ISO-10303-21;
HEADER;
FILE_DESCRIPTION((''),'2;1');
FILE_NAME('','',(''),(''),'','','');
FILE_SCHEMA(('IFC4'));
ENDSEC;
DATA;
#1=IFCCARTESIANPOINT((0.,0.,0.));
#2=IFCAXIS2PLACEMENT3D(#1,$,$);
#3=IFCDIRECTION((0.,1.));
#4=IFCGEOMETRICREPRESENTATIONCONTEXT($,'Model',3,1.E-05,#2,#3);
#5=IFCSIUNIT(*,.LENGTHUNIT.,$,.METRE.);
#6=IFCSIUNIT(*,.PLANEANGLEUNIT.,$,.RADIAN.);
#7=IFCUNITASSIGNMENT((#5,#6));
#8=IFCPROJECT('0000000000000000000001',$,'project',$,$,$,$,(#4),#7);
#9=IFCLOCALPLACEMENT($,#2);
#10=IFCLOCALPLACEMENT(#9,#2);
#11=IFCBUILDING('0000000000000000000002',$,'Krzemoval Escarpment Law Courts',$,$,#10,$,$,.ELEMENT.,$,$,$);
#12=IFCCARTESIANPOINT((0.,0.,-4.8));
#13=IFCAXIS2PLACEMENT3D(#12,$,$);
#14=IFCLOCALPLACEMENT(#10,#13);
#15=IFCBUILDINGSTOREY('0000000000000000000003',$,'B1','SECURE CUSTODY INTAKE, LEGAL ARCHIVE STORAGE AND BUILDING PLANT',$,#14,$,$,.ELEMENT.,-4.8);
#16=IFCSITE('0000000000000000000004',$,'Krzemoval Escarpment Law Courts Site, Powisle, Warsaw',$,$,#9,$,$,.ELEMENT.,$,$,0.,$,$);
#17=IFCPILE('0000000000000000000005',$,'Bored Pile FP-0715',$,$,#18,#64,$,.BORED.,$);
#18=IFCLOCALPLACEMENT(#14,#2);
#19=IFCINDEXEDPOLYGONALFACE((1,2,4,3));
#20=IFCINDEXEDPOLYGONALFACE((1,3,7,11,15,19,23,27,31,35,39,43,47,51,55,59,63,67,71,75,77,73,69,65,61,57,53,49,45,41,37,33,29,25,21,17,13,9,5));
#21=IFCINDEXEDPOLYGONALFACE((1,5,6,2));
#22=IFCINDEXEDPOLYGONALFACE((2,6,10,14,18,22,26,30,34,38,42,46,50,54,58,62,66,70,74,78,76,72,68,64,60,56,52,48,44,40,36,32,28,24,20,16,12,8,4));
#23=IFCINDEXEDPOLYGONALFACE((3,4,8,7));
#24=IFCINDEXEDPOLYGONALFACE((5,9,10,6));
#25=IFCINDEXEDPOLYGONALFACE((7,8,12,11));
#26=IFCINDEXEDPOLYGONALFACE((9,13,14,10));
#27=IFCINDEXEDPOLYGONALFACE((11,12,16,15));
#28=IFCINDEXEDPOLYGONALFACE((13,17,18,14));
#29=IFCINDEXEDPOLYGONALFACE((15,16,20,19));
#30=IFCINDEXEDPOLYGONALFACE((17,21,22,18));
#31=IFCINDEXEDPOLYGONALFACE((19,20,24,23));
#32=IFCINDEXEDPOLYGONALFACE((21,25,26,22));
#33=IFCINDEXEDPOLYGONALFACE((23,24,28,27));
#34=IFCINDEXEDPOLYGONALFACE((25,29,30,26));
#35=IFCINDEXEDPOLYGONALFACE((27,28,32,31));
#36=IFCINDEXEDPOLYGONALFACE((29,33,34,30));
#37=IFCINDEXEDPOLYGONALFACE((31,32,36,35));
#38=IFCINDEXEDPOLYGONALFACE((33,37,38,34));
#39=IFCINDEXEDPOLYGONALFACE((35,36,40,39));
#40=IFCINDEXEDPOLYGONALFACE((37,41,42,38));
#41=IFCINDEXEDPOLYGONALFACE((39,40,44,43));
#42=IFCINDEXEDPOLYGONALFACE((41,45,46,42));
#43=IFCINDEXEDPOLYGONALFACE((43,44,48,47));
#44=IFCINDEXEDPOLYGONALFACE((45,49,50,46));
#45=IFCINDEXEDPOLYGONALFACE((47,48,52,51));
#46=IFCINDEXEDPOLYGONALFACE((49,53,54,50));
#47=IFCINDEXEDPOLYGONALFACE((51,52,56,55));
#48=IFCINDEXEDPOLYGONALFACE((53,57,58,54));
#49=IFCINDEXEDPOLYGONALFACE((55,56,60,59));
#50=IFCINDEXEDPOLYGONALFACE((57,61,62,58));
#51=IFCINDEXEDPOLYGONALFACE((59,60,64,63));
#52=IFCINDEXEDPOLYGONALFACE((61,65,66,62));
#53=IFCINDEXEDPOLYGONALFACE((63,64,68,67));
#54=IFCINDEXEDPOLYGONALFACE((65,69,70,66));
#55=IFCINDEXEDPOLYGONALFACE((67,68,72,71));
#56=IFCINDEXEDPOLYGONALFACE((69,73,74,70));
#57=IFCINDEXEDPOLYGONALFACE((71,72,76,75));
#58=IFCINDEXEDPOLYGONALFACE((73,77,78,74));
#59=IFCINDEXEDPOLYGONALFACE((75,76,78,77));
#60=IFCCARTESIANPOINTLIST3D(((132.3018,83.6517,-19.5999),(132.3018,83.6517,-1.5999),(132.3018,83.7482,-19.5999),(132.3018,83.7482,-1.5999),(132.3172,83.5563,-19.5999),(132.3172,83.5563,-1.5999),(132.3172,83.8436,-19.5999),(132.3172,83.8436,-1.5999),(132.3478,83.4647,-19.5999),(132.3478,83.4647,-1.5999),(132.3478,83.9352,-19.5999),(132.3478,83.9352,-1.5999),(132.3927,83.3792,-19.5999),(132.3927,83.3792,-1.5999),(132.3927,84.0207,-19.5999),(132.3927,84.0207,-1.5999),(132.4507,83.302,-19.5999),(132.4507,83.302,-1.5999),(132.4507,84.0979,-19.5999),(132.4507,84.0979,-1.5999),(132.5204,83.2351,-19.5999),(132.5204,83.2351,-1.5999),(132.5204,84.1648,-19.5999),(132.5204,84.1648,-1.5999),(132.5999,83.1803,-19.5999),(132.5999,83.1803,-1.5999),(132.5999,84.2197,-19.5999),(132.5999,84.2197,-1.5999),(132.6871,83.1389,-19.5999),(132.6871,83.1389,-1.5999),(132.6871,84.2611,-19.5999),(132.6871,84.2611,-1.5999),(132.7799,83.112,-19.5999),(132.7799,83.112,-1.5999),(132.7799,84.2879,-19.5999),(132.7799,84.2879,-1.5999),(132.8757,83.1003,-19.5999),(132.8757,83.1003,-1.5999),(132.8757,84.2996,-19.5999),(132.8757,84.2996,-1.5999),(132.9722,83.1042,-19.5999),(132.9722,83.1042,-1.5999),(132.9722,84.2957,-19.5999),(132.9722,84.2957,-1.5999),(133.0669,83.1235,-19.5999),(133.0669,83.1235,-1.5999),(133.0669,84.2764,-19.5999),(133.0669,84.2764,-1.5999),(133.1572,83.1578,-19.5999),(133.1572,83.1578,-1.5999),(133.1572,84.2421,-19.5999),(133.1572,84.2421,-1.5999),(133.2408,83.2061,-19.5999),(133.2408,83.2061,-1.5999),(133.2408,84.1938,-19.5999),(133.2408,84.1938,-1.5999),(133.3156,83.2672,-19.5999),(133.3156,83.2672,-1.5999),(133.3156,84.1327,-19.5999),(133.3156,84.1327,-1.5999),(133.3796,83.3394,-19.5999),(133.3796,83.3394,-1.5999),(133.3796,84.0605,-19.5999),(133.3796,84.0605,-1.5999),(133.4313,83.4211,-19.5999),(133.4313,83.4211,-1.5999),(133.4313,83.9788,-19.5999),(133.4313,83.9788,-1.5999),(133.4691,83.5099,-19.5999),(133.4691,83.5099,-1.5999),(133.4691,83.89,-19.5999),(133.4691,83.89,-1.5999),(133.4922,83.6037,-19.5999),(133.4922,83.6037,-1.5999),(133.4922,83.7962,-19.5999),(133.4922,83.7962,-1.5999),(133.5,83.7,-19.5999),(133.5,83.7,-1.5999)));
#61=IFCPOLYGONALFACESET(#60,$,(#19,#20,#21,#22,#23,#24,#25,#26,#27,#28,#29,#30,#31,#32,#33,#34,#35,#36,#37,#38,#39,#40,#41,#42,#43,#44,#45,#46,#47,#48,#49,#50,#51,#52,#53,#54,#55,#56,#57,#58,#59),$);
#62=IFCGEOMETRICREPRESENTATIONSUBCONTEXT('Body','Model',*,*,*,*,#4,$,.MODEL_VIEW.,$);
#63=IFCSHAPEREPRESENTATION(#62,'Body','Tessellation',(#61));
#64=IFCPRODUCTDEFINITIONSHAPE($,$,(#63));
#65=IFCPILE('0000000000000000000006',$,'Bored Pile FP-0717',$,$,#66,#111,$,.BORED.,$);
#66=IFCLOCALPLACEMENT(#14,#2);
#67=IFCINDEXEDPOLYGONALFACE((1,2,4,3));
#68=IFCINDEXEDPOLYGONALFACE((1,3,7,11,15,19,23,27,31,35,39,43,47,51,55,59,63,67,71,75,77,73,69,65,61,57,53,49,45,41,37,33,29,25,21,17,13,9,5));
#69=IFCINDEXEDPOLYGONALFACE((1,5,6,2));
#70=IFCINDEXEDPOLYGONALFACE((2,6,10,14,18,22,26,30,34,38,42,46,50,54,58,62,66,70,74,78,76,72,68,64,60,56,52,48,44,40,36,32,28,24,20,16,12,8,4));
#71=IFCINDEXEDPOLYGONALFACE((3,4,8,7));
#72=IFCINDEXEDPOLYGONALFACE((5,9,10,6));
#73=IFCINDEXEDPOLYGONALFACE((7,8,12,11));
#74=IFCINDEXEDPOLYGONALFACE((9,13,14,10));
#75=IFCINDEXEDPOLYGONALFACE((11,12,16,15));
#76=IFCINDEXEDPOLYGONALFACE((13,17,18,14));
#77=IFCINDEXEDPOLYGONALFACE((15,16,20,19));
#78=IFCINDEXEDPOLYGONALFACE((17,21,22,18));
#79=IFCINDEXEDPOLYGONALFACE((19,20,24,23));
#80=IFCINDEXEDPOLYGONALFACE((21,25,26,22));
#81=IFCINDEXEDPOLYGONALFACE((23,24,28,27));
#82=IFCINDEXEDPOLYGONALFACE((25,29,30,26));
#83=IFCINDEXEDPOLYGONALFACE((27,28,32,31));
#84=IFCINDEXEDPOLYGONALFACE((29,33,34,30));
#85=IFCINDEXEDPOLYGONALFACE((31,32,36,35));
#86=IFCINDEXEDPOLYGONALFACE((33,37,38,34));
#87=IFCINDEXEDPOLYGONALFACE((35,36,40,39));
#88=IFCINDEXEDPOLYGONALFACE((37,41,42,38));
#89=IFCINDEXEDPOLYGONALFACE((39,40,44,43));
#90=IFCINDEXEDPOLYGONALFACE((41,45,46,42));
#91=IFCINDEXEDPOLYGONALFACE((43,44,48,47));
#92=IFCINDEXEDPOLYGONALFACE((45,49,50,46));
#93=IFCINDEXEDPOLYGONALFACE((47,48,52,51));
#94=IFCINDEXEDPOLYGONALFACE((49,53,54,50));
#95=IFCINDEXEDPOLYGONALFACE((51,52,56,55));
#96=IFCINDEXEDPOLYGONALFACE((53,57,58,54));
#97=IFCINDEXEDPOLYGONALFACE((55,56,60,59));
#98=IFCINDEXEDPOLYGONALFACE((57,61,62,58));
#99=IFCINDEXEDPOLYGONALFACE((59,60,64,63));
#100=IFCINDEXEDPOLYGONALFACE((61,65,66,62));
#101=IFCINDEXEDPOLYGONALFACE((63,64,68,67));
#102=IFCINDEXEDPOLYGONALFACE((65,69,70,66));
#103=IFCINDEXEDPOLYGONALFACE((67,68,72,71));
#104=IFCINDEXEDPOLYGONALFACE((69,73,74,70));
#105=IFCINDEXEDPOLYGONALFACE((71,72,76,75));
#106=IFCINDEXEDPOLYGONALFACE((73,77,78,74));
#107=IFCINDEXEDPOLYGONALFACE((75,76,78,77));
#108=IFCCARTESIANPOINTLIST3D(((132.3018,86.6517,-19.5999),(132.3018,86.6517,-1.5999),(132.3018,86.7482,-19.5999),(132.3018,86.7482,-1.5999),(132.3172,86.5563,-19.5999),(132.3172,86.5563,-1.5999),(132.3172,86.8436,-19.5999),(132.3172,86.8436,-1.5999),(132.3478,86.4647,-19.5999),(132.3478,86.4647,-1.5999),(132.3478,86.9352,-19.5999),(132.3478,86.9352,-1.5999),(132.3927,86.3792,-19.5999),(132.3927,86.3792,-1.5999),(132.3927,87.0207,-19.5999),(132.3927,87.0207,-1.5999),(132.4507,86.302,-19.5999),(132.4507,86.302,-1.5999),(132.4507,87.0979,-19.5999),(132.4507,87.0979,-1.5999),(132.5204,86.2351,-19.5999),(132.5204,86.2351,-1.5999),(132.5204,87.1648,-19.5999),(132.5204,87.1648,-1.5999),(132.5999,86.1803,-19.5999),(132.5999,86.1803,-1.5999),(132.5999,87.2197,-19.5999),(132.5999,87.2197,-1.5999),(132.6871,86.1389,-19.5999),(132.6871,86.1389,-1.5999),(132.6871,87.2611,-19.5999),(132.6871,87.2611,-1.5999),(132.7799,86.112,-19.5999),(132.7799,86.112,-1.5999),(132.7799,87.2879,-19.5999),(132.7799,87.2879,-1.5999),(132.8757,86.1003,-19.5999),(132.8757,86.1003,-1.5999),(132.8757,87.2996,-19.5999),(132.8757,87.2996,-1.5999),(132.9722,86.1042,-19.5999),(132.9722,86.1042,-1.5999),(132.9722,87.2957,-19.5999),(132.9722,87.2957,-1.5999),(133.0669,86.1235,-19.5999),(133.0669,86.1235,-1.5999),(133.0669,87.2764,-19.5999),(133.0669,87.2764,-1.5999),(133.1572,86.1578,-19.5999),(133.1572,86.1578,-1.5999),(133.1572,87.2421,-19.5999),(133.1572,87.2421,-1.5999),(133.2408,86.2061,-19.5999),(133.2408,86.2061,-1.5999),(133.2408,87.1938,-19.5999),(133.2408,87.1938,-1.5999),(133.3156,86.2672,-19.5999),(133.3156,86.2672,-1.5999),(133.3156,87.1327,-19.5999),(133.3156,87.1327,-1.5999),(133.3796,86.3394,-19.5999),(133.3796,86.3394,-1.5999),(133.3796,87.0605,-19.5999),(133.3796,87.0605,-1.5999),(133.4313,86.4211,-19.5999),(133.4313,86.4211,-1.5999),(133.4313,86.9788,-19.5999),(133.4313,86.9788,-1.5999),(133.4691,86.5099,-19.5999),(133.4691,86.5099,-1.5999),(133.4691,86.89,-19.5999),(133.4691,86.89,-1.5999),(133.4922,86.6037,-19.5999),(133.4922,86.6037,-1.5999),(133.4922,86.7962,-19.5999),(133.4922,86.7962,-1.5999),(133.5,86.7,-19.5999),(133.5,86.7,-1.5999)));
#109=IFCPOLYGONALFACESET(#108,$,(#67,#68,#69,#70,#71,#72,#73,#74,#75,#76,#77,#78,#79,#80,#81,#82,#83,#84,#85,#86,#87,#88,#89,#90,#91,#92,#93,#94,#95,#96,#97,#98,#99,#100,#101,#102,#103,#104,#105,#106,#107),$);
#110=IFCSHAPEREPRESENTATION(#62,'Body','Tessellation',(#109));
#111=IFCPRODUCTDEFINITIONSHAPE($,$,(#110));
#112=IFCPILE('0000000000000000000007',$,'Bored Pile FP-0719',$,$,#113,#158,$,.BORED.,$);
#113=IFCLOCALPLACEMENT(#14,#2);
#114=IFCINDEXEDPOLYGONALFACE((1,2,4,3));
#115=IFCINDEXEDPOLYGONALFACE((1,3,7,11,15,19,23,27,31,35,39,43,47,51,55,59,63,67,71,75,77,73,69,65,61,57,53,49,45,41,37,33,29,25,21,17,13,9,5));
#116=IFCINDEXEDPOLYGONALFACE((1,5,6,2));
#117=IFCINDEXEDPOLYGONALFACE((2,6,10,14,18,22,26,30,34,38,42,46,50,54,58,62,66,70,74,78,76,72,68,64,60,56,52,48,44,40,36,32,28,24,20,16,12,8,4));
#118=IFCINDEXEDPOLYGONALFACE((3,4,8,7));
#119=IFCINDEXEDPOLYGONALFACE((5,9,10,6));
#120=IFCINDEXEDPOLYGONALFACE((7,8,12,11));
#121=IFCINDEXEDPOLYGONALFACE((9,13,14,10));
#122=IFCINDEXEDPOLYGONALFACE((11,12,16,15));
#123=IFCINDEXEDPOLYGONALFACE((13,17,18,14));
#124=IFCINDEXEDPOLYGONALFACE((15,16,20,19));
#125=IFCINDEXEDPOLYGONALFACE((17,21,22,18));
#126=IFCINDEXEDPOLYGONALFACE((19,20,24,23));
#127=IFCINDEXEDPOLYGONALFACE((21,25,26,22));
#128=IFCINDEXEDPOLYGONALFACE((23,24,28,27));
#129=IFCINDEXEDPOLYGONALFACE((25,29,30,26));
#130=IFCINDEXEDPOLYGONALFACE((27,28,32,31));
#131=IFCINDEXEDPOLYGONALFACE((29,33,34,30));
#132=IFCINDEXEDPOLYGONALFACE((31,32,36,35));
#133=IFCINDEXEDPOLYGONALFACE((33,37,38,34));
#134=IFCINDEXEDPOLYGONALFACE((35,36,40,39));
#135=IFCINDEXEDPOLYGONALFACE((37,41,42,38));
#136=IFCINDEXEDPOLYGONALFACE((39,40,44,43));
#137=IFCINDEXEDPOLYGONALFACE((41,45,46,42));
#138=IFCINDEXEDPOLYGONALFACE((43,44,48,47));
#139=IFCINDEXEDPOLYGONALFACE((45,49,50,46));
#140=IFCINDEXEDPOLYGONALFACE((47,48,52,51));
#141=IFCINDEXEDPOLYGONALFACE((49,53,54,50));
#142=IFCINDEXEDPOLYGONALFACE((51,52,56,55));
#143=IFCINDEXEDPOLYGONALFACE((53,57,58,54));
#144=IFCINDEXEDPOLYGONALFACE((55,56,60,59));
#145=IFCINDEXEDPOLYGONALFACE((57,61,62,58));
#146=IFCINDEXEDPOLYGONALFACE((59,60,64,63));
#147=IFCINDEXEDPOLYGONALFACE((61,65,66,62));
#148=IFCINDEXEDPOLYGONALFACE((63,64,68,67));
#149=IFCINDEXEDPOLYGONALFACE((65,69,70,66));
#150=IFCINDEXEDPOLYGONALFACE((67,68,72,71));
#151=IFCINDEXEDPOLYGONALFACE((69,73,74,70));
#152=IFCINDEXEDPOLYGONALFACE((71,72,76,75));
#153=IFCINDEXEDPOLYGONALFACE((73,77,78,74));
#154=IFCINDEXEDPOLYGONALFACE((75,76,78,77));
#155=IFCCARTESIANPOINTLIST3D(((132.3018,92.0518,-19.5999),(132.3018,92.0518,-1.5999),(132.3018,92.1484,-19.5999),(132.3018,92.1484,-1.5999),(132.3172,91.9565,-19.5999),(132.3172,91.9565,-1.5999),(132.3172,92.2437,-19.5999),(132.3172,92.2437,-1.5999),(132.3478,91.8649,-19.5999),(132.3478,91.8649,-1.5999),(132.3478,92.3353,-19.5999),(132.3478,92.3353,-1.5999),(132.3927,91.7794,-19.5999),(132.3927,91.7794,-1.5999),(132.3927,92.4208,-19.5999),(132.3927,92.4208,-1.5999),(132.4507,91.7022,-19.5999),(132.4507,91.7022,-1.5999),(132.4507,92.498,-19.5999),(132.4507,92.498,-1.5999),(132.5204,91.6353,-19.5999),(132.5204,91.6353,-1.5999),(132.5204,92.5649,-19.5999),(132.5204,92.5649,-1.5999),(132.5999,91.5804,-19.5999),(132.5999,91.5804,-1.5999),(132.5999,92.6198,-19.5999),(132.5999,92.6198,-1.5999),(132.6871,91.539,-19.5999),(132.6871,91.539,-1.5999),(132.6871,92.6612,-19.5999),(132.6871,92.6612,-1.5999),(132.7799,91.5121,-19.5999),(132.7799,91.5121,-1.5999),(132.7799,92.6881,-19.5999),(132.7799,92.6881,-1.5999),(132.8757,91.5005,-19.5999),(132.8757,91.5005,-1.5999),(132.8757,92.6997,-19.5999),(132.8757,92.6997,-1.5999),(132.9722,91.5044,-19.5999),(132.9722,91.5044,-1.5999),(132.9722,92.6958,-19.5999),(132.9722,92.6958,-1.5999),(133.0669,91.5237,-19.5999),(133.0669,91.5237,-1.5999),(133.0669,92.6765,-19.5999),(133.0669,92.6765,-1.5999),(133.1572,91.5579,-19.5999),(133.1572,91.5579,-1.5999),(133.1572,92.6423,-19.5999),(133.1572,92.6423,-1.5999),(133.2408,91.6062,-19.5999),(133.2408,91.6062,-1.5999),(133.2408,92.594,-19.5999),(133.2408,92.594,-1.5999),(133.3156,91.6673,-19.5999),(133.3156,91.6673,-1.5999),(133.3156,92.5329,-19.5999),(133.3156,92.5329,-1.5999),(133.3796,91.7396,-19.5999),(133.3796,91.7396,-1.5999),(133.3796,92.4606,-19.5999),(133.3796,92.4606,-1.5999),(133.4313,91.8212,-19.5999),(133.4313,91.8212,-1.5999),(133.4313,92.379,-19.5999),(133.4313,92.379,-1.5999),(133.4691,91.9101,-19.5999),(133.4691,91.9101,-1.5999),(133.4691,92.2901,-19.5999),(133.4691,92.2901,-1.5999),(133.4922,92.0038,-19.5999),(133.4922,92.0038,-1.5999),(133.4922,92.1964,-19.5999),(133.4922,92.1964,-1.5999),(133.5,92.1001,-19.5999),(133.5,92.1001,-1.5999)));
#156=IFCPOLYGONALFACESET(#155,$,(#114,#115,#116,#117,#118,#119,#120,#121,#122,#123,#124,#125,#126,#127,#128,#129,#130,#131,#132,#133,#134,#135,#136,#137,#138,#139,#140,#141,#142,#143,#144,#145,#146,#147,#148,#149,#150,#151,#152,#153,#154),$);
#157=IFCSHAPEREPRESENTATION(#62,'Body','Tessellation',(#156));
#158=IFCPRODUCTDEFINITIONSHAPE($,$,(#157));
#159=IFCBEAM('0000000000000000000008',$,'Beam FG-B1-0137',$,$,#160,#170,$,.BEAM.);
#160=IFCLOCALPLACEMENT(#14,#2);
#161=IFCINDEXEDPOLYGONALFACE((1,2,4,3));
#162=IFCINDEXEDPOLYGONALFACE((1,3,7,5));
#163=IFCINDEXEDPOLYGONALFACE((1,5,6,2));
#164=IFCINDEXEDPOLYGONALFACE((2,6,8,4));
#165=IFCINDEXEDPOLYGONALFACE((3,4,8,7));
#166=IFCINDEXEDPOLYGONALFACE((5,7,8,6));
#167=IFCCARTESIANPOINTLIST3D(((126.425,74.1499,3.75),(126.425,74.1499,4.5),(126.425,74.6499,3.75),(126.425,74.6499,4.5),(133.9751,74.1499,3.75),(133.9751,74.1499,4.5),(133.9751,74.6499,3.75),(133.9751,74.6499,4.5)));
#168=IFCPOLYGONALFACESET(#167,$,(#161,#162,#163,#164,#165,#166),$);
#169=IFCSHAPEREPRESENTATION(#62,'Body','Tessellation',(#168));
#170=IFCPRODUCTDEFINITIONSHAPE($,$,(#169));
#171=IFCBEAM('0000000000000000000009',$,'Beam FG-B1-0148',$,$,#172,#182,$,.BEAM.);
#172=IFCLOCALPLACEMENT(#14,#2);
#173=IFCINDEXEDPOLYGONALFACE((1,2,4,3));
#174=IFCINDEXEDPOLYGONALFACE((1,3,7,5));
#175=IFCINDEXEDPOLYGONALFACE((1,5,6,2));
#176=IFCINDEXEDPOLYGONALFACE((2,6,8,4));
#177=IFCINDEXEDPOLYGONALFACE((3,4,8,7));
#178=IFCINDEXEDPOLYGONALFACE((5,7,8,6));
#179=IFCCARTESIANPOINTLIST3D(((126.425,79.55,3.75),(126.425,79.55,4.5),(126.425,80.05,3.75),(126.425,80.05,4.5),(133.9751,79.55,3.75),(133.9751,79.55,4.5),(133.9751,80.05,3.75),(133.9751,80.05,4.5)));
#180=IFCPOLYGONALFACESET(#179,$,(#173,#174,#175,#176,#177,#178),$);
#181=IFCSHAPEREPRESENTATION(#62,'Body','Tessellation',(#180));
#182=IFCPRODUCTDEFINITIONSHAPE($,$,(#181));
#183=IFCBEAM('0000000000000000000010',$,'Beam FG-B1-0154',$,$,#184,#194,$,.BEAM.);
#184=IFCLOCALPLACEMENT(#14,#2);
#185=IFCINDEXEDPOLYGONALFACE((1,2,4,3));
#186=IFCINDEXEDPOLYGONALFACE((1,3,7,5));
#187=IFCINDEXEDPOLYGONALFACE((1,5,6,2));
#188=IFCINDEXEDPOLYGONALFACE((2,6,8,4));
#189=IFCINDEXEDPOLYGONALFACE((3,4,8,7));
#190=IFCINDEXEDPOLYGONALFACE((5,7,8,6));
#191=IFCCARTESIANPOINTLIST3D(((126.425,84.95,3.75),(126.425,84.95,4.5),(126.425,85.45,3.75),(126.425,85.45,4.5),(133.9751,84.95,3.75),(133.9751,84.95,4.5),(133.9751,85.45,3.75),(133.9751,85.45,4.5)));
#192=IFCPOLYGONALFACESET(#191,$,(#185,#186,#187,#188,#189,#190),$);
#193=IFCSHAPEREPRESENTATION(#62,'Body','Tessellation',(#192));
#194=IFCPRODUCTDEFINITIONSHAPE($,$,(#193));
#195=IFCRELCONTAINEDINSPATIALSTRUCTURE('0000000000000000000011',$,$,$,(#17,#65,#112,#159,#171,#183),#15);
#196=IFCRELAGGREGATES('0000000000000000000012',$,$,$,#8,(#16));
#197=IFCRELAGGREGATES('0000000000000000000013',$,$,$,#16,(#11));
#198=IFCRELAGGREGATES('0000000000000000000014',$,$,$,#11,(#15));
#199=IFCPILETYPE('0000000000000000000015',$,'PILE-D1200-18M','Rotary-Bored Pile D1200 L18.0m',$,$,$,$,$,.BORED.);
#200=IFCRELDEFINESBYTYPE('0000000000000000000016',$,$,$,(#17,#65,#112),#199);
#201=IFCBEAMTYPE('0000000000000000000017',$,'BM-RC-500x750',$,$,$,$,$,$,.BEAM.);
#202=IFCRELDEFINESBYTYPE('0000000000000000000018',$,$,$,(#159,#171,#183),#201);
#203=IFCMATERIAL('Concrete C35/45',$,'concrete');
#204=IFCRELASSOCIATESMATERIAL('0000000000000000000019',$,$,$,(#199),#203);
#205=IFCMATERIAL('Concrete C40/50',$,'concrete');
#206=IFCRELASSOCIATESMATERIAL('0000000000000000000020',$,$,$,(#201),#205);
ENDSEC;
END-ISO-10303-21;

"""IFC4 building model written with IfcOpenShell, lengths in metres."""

from ifc_helpers import new_model, si_unit, direction, frame, origin, origin_2d, place, context, subcontext, project, spatial, rectangle, circle, extrude, material, material_profile, profile_set, type_object, element, save


model = new_model("IFC4")

# Units and contexts
model_context = context("Model", 3, precision=1e-05, world=origin(), true_north=direction((0.0, 1.0)))
body_context = subcontext(model_context, "Body", "Model", "MODEL_VIEW")
ifc_project = project(units=[si_unit("LENGTHUNIT", "METRE"), si_unit("PLANEANGLEUNIT", "RADIAN")], contexts=[model_context])

# Site, building, storey
site_placement = place(None, origin())
site = spatial("IfcSite", under=ifc_project, at=site_placement, Name="Krzemoval Escarpment Law Courts Site, Powisle, Warsaw", CompositionType="ELEMENT", RefElevation=0.0)
building_placement = place(site_placement, origin())
building = spatial("IfcBuilding", under=site, at=building_placement, Name="Krzemoval Escarpment Law Courts", CompositionType="ELEMENT")
storey_placement = place(building_placement, frame((0.0, 0.0, -4.8)))
storey = spatial("IfcBuildingStorey", under=building, at=storey_placement, Name="B1", Description="SECURE CUSTODY INTAKE, LEGAL ARCHIVE STORAGE AND BUILDING PLANT", CompositionType="ELEMENT", Elevation=-4.8)

# Piles
ifc_material_1 = material(Name="Concrete C35/45", Category="concrete")
ifc_material_profile_1 = material_profile(ifc_material_1, circle(Radius=0.6001, at=origin_2d()), Name="PILE D1200")
ifc_profile_set_1 = profile_set([ifc_material_profile_1], Name="Concrete C35/45")
pile_type = type_object("IfcPileType", Name="PILE-D1200-18M", Description="Rotary-Bored Pile D1200 L18.0m", PredefinedType="BORED", material=ifc_profile_set_1)
for number, where, z_axis, x_axis, name in (
    (1, (132.8999, 83.7, -1.5999), (0.0, 0.0, -1.0), (1.0, 0.0, 0.0), "Bored Pile FP-0715"),
    (2, (132.8999, 86.7, -1.5999), (0.0, 0.0, -1.0), (1.0, 0.0, 0.0), "Bored Pile FP-0717"),
    (3, (132.8999, 92.1001, -1.5999), (0.0, 0.0, -1.0), (1.0, 0.0, 0.0), "Bored Pile FP-0719"),
):
    element("IfcPile", number, at=place(storey_placement, frame(where, z_axis=z_axis, x_axis=x_axis)), inside=storey, type_object=pile_type, Name=name, PredefinedType="BORED", context=body_context, shape_type="SweptSolid", body=[
        extrude(circle(Radius=0.6001, at=origin_2d()), origin(), (0.0, 0.0, 1.0), 18.0),
    ])

# Beams
ifc_material_2 = material(Name="Concrete C40/50", Category="concrete")
ifc_material_profile_2 = material_profile(ifc_material_2, rectangle(XDim=0.5, YDim=0.75, at=origin_2d()), Name="RCB 500x750")
ifc_profile_set_2 = profile_set([ifc_material_profile_2], Name="Concrete C40/50")
beam_type_1 = type_object("IfcBeamType", Name="BM-RC-500x750", PredefinedType="BEAM", material=ifc_profile_set_2)
for number, where, z_axis, x_axis, name in (
    (4, (126.425, 74.3999, 4.125), (1.0, 0.0, 0.0), (0.0, 1.0, 0.0), "Beam FG-B1-0137"),
    (5, (126.425, 79.8, 4.125), (1.0, 0.0, 0.0), (0.0, 1.0, 0.0), "Beam FG-B1-0148"),
    (6, (126.425, 85.2, 4.125), (1.0, 0.0, 0.0), (0.0, 1.0, 0.0), "Beam FG-B1-0154"),
):
    element("IfcBeam", number, at=place(storey_placement, frame(where, z_axis=z_axis, x_axis=x_axis)), inside=storey, type_object=beam_type_1, Name=name, PredefinedType="BEAM", context=body_context, shape_type="SweptSolid", body=[
        extrude(rectangle(XDim=0.5, YDim=0.75, at=origin_2d()), origin(), (0.0, 0.0, 1.0), 7.55),
    ])

save(model, "model.ifc")
